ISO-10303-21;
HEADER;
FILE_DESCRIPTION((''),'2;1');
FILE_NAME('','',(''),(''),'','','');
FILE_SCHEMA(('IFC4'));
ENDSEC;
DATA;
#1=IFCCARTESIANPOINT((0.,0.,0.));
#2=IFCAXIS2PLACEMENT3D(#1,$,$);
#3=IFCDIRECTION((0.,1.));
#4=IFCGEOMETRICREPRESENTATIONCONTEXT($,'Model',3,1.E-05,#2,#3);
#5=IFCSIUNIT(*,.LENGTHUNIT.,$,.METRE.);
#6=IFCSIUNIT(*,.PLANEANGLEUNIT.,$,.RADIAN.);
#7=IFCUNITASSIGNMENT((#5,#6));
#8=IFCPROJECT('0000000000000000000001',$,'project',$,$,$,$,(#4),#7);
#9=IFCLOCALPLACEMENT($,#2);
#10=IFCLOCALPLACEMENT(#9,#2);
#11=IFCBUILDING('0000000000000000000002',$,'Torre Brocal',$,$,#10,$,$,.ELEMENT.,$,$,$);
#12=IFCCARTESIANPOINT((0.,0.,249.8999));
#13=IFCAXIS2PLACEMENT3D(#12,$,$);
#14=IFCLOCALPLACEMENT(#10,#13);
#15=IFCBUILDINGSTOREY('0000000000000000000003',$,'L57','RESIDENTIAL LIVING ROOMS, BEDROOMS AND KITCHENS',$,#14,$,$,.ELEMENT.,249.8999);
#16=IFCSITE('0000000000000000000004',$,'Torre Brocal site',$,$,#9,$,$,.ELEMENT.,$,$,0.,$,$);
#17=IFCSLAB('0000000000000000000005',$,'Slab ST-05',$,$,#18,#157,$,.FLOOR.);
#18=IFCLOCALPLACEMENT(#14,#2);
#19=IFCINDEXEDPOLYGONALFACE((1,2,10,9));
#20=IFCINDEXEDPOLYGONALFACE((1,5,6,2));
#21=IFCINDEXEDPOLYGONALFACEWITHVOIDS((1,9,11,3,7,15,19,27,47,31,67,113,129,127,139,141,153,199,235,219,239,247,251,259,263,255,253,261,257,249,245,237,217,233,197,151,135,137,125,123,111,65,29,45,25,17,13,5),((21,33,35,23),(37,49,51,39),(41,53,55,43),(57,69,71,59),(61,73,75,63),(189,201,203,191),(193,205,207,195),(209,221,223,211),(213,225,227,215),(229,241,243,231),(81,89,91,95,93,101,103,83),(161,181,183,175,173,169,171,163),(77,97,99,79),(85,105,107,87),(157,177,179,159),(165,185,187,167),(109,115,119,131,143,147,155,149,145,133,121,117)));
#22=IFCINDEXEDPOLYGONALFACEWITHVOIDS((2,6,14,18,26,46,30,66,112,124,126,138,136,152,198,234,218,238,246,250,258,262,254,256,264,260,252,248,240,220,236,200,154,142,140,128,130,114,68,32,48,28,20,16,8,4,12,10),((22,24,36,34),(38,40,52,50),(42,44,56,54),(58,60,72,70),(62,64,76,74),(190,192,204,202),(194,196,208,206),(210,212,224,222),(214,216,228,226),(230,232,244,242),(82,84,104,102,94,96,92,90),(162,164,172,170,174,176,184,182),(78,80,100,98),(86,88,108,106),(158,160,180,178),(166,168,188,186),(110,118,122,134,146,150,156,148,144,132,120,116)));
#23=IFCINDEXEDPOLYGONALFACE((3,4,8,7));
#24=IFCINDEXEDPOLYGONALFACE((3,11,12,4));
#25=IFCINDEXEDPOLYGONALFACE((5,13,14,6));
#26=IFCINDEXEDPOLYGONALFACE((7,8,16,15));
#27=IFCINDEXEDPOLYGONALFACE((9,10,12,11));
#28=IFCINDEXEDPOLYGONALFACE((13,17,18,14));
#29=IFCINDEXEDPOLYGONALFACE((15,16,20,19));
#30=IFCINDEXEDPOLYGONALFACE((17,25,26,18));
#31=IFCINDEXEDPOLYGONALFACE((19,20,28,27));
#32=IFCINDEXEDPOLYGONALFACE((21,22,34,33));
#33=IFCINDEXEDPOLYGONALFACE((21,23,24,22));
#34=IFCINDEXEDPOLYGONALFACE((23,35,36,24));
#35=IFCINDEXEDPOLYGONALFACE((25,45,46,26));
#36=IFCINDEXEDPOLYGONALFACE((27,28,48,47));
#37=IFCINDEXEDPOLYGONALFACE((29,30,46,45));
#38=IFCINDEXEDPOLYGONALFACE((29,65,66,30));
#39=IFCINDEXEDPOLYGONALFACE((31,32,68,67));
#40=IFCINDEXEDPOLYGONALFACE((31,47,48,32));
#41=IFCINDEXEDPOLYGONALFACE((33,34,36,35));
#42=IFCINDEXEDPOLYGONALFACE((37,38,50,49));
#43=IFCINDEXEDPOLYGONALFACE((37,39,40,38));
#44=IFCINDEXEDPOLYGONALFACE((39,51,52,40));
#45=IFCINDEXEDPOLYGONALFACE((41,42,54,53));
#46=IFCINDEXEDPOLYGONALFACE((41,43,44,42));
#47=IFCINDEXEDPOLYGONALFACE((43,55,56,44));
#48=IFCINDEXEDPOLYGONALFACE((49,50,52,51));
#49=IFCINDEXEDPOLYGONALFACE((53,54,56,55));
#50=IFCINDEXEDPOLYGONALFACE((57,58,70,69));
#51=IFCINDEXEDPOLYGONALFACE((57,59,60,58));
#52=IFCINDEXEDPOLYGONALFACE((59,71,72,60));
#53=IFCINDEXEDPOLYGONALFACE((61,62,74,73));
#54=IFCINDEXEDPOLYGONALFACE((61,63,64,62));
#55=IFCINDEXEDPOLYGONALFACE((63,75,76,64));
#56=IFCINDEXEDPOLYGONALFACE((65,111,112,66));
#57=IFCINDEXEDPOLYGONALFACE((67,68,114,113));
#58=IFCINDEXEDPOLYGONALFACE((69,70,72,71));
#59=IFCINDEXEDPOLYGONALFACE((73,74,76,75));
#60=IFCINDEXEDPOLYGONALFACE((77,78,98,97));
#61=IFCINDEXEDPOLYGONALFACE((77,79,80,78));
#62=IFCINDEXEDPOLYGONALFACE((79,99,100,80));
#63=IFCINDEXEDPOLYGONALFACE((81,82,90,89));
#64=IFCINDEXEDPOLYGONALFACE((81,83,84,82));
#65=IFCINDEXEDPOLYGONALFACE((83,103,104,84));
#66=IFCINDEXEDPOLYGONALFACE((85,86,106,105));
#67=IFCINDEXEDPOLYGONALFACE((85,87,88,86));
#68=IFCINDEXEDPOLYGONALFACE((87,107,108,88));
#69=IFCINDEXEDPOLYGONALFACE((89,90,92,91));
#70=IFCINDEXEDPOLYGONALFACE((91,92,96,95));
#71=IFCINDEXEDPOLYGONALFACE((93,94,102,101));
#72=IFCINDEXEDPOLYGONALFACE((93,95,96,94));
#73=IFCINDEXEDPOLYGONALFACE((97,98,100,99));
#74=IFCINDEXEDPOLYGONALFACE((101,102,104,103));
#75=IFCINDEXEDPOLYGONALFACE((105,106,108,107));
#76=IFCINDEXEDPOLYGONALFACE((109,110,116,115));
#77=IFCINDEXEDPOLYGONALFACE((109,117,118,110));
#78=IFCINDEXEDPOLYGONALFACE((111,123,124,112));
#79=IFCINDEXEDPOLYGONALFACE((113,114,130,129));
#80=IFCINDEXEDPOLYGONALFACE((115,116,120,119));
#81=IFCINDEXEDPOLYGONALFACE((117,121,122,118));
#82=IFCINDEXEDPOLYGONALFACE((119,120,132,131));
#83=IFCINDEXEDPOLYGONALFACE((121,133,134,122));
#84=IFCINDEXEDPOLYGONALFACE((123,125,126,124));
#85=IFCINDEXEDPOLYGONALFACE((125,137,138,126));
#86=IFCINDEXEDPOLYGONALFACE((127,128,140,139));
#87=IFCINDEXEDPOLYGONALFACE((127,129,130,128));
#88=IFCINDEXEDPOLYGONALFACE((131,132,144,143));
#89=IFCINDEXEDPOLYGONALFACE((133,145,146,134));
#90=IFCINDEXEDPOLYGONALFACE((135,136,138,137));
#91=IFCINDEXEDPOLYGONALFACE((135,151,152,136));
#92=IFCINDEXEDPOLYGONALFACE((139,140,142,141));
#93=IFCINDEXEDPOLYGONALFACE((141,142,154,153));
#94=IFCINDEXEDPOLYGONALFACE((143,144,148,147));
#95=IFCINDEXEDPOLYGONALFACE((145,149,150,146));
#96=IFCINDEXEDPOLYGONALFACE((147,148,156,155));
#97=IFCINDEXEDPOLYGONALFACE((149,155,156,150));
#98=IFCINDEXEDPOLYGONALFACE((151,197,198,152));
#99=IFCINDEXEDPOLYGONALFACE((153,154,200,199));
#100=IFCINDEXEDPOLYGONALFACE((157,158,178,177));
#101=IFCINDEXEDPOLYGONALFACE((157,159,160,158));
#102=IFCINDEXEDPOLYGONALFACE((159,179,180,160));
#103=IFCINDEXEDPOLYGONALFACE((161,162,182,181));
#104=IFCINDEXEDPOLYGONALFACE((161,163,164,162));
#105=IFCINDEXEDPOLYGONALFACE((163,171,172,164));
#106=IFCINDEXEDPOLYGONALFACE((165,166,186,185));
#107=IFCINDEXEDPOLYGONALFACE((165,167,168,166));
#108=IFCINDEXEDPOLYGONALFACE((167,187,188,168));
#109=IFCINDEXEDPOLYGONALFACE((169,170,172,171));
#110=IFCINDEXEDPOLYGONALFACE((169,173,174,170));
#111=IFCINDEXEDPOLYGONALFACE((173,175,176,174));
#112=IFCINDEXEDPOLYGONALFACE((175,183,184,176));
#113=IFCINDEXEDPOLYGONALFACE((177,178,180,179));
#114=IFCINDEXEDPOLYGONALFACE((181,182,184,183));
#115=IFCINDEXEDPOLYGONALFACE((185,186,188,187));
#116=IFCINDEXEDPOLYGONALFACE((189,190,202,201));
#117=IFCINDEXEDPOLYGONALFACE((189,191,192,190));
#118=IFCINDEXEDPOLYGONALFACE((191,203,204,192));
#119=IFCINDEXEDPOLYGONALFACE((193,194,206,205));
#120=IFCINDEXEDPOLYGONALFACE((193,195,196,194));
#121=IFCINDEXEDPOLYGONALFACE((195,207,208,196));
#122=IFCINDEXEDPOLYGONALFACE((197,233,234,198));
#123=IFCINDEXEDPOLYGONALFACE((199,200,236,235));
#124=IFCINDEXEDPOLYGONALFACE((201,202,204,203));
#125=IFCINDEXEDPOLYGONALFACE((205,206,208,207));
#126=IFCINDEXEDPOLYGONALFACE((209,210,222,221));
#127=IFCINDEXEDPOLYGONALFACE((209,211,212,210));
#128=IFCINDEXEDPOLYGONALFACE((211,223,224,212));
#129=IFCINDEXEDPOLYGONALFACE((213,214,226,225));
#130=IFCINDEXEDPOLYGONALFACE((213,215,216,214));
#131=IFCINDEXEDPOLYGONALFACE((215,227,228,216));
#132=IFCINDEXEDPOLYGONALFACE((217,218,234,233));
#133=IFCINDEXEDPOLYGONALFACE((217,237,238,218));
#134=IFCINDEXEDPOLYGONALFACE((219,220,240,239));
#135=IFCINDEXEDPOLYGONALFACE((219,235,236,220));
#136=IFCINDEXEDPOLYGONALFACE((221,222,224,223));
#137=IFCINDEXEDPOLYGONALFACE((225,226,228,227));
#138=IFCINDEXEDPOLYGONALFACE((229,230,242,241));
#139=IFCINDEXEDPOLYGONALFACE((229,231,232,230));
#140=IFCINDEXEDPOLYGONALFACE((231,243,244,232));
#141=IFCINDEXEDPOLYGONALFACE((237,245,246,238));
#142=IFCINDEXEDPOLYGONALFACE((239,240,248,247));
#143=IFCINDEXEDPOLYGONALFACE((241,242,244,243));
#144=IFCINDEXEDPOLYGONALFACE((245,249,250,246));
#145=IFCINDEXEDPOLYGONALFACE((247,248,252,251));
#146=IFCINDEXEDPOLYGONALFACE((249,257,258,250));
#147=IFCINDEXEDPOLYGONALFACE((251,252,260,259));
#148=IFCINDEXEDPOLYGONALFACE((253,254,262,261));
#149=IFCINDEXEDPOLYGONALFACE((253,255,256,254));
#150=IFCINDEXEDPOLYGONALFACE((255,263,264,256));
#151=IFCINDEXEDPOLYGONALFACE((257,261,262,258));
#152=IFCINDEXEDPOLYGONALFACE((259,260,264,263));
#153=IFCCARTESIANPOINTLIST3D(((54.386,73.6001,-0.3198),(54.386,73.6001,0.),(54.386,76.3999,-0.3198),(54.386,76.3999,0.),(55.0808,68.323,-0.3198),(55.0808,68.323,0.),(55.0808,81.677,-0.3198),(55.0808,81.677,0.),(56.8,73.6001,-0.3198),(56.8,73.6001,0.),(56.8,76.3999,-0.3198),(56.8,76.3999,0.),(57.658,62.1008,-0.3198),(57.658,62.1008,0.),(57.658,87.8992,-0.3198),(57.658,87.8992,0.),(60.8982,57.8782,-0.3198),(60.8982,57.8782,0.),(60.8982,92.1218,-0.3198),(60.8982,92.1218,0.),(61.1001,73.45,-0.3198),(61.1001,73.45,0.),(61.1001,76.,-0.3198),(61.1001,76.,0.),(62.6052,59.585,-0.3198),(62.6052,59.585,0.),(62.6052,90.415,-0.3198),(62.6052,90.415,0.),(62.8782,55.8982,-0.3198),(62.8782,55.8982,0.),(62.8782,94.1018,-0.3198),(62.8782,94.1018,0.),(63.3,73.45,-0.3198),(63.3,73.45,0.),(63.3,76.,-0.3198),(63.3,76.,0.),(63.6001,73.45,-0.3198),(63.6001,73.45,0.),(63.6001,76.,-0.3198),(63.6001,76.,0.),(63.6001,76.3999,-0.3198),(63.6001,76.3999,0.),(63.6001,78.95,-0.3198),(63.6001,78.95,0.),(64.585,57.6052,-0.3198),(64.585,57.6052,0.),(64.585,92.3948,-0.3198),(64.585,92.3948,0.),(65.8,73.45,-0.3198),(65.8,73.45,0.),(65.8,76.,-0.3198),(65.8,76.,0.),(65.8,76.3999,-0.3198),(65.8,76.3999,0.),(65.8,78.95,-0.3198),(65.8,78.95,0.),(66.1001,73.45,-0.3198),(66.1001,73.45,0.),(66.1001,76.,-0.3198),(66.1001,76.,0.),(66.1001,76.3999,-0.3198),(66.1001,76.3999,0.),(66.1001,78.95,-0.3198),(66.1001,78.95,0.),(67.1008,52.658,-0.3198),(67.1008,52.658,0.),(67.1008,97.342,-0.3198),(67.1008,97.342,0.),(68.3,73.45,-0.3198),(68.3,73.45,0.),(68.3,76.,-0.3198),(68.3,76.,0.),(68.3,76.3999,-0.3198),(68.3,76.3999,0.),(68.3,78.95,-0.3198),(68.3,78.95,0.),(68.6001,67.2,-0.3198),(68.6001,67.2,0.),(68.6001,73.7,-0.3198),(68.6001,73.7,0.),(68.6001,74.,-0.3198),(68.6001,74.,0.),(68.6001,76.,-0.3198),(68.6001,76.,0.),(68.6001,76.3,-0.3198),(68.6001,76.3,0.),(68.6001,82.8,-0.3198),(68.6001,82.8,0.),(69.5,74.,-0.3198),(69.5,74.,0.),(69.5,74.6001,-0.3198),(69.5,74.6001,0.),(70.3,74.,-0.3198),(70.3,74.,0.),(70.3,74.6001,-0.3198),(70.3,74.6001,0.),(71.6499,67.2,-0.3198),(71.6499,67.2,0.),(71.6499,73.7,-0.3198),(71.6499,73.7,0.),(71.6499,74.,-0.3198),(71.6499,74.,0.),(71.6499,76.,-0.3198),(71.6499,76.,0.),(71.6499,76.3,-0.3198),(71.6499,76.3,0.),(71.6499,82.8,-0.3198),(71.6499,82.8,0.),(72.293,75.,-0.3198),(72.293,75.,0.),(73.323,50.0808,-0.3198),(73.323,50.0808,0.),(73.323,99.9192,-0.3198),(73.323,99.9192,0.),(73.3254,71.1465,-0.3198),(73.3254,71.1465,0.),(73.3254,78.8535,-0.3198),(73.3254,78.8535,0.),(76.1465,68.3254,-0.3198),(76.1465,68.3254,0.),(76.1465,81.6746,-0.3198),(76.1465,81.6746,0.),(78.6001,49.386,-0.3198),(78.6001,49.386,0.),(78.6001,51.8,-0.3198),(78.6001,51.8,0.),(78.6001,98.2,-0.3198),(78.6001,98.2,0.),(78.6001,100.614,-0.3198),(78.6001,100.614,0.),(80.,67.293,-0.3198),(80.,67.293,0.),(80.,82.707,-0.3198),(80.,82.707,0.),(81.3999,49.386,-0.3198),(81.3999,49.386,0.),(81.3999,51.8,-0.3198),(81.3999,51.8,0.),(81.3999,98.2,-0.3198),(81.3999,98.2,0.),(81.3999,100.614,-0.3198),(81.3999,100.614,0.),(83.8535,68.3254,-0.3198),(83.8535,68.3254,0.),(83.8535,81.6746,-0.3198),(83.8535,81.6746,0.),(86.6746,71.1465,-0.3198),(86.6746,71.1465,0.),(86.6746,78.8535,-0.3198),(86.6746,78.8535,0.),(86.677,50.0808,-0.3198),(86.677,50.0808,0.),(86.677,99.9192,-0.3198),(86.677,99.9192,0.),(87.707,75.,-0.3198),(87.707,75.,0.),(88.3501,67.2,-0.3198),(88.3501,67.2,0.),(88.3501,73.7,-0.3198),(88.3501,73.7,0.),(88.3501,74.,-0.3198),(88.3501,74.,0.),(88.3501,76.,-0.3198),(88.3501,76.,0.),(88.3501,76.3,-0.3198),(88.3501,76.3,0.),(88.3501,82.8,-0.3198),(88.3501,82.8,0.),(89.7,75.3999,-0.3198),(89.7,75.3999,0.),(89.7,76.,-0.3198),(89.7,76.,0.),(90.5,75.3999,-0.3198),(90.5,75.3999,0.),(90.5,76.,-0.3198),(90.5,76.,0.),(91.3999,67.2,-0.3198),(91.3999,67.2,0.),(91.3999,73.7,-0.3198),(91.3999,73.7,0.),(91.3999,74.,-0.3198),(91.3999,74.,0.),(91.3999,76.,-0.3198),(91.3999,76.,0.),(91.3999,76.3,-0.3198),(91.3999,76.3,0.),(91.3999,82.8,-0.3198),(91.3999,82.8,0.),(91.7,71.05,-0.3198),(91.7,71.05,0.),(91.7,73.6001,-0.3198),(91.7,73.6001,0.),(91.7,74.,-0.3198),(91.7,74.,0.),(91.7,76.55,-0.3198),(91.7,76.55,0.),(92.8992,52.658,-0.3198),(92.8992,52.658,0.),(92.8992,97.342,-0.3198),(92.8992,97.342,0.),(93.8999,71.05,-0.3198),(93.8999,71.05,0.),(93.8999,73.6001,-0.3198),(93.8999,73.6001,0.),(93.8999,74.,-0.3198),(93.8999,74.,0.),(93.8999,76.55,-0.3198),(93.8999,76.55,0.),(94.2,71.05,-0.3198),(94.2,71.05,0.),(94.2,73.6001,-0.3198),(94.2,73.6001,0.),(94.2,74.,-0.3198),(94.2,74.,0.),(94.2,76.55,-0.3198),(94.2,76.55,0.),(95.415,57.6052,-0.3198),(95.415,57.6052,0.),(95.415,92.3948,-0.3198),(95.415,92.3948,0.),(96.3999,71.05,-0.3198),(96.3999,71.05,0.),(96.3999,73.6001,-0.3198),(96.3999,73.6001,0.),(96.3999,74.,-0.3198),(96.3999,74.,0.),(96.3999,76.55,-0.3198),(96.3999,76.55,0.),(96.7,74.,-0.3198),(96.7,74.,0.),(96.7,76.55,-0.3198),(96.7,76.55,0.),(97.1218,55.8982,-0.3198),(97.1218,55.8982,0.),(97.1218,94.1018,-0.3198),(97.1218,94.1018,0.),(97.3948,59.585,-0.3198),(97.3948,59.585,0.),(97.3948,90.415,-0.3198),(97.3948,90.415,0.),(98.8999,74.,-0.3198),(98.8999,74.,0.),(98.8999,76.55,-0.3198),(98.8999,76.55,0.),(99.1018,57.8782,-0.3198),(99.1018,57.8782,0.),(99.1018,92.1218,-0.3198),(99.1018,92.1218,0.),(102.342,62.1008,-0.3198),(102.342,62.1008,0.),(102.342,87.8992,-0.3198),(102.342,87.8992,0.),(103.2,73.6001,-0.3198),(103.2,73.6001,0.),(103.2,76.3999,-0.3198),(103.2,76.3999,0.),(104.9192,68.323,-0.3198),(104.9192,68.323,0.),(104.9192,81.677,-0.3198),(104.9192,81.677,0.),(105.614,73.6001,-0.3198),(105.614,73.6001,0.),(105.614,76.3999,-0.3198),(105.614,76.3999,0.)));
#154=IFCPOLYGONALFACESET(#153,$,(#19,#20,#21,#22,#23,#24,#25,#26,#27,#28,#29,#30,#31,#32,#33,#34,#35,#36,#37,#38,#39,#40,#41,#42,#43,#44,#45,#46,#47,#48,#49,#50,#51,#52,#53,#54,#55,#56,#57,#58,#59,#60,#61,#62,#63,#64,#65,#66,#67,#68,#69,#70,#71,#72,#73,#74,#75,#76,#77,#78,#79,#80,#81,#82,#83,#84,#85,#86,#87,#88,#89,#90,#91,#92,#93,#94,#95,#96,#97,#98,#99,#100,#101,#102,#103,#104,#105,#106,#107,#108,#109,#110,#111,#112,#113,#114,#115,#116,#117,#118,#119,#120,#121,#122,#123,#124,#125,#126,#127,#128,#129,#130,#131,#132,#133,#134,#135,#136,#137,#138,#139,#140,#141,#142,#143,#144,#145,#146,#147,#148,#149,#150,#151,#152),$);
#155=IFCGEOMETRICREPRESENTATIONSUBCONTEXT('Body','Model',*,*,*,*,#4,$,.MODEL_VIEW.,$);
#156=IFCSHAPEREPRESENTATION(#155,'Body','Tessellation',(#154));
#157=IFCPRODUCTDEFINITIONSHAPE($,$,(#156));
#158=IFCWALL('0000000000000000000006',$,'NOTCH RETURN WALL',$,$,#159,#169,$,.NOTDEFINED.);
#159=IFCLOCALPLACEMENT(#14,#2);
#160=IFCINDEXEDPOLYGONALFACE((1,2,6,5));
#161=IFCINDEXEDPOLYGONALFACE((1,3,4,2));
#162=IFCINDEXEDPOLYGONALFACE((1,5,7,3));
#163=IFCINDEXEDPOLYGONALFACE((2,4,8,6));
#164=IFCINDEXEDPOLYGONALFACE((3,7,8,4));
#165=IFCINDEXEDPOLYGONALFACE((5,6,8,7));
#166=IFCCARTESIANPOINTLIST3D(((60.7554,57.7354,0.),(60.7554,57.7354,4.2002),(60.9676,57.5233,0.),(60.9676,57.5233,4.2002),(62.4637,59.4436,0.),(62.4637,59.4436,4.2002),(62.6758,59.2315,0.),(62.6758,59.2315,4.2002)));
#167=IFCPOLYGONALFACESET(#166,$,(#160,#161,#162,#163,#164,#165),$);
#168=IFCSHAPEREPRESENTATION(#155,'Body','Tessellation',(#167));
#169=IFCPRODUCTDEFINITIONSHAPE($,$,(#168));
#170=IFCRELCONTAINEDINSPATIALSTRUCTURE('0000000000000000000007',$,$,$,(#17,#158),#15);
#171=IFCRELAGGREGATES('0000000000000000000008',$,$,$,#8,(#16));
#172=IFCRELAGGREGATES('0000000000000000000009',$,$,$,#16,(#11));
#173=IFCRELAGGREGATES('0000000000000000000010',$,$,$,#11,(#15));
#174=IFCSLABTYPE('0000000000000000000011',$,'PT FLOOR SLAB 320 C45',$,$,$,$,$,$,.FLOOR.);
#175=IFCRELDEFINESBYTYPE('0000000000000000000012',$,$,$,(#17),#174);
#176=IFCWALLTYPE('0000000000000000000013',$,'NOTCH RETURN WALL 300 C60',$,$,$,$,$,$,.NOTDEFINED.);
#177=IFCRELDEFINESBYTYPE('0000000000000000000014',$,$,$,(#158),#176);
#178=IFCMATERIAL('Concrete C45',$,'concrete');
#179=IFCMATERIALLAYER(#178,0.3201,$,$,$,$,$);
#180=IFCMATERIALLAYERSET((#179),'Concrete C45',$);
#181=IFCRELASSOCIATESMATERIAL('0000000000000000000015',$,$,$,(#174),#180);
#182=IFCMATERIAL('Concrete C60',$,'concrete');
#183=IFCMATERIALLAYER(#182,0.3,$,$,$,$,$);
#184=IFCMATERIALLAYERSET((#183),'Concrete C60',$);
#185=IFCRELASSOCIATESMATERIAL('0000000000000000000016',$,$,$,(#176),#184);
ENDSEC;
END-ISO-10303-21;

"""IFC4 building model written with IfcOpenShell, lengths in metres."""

from ifc_helpers import new_model, si_unit, direction, frame, frame_2d, origin, place, context, subcontext, project, spatial, polyline, rectangle, outline, extrude, material, layer, layer_set, type_object, element, save


model = new_model("IFC4")

# Units and contexts
model_context = context("Model", 3, precision=1e-05, world=origin(), true_north=direction((0.0, 1.0)))
body_context = subcontext(model_context, "Body", "Model", "MODEL_VIEW")
ifc_project = project(units=[si_unit("LENGTHUNIT", "METRE"), si_unit("PLANEANGLEUNIT", "RADIAN")], contexts=[model_context])

# Site, building, storey
site_placement = place(None, origin())
site = spatial("IfcSite", under=ifc_project, at=site_placement, Name="Torre Brocal site", CompositionType="ELEMENT", RefElevation=0.0)
building_placement = place(site_placement, origin())
building = spatial("IfcBuilding", under=site, at=building_placement, Name="Torre Brocal", CompositionType="ELEMENT")
storey_placement = place(building_placement, frame((0.0, 0.0, 249.8999)))
storey = spatial("IfcBuildingStorey", under=building, at=storey_placement, Name="L57", Description="RESIDENTIAL LIVING ROOMS, BEDROOMS AND KITCHENS", CompositionType="ELEMENT", Elevation=249.8999)

# Slab
ifc_material_1 = material(Name="Concrete C45", Category="concrete")
ifc_layer_1 = layer(ifc_material_1, 0.3201)
ifc_layer_set_1 = layer_set([ifc_layer_1], Name="Concrete C45")
slab_type_1 = type_object("IfcSlabType", Name="PT FLOOR SLAB 320 C45", PredefinedType="FLOOR", material=ifc_layer_set_1)
slab_1_placement = place(storey_placement, frame((0.0, 0.0, -0.3198)))
element("IfcSlab", 1, at=slab_1_placement, inside=storey, type_object=slab_type_1, Name="Slab ST-05", PredefinedType="FLOOR", context=body_context, shape_type="SweptSolid", body=[
    extrude(outline(polyline([(103.2, 76.3999), (103.2, 73.6001), (105.614, 73.6001), (104.9192, 68.323), (102.342, 62.1008), (99.1018, 57.8782), (97.3948, 59.585), (95.415, 57.6052), (97.1218, 55.8982), (92.8992, 52.658), (86.677, 50.0808), (81.3999, 49.386), (81.3999, 51.8), (78.6001, 51.8), (78.6001, 49.386), (73.323, 50.0808), (67.1008, 52.658), (62.8782, 55.8982), (64.585, 57.6052), (62.6052, 59.585), (60.8982, 57.8782), (57.658, 62.1008), (55.0808, 68.323), (54.386, 73.6001), (56.8, 73.6001), (56.8, 76.3999), (54.386, 76.3999), (55.0808, 81.677), (57.658, 87.8992), (60.8982, 92.1218), (62.6052, 90.415), (64.585, 92.3948), (62.8782, 94.1018), (67.1008, 97.342), (73.323, 99.9192), (78.6001, 100.614), (78.6001, 98.2), (81.3999, 98.2), (81.3999, 100.614), (86.677, 99.9192), (92.8992, 97.342), (97.1218, 94.1018), (95.415, 92.3948), (97.3948, 90.415), (99.1018, 92.1218), (102.342, 87.8992), (104.9192, 81.677), (105.614, 76.3999), (103.2, 76.3999)]), holes=[polyline([(98.8999, 76.55), (96.7, 76.55), (96.7, 74.0), (98.8999, 74.0), (98.8999, 76.55)]), polyline([(96.3999, 76.55), (94.2, 76.55), (94.2, 74.0), (96.3999, 74.0), (96.3999, 76.55)]), polyline([(96.3999, 73.6001), (94.2, 73.6001), (94.2, 71.05), (96.3999, 71.05), (96.3999, 73.6001)]), polyline([(93.8999, 76.55), (91.7, 76.55), (91.7, 74.0), (93.8999, 74.0), (93.8999, 76.55)]), polyline([(93.8999, 73.6001), (91.7, 73.6001), (91.7, 71.05), (93.8999, 71.05), (93.8999, 73.6001)]), polyline([(89.7, 76.0), (88.3501, 76.0), (88.3501, 74.0), (91.3999, 74.0), (91.3999, 76.0), (90.5, 76.0), (90.5, 75.3999), (89.7, 75.3999), (89.7, 76.0)]), polyline([(91.3999, 82.8), (88.3501, 82.8), (88.3501, 76.3), (91.3999, 76.3), (91.3999, 82.8)]), polyline([(91.3999, 73.7), (88.3501, 73.7), (88.3501, 67.2), (91.3999, 67.2), (91.3999, 73.7)]), polyline([(80.0, 82.707), (76.1465, 81.6746), (73.3254, 78.8535), (72.293, 75.0), (73.3254, 71.1465), (76.1465, 68.3254), (80.0, 67.293), (83.8535, 68.3254), (86.6746, 71.1465), (87.707, 75.0), (86.6746, 78.8535), (83.8535, 81.6746), (80.0, 82.707)]), polyline([(70.3, 74.0), (71.6499, 74.0), (71.6499, 76.0), (68.6001, 76.0), (68.6001, 74.0), (69.5, 74.0), (69.5, 74.6001), (70.3, 74.6001), (70.3, 74.0)]), polyline([(68.6001, 76.3), (71.6499, 76.3), (71.6499, 82.8), (68.6001, 82.8), (68.6001, 76.3)]), polyline([(68.6001, 67.2), (71.6499, 67.2), (71.6499, 73.7), (68.6001, 73.7), (68.6001, 67.2)]), polyline([(66.1001, 76.3999), (68.3, 76.3999), (68.3, 78.95), (66.1001, 78.95), (66.1001, 76.3999)]), polyline([(66.1001, 73.45), (68.3, 73.45), (68.3, 76.0), (66.1001, 76.0), (66.1001, 73.45)]), polyline([(63.6001, 76.3999), (65.8, 76.3999), (65.8, 78.95), (63.6001, 78.95), (63.6001, 76.3999)]), polyline([(63.6001, 73.45), (65.8, 73.45), (65.8, 76.0), (63.6001, 76.0), (63.6001, 73.45)]), polyline([(61.1001, 73.45), (63.3, 73.45), (63.3, 76.0), (61.1001, 76.0), (61.1001, 73.45)])]), origin(), (0.0, 0.0, 1.0), 0.3198),
])

# Wall
ifc_material_2 = material(Name="Concrete C60", Category="concrete")
ifc_layer_2 = layer(ifc_material_2, 0.3)
ifc_layer_set_2 = layer_set([ifc_layer_2], Name="Concrete C60")
wall_type_1 = type_object("IfcWallType", Name="NOTCH RETURN WALL 300 C60", PredefinedType="NOTDEFINED", material=ifc_layer_set_2)
for number, where, z_axis, x_axis, name in (
    (2, (62.5698, 59.3376, 0.0), (0.0, 0.0, 1.0), (-0.707107, -0.707107, 0.0), "NOTCH RETURN WALL"),
):
    element("IfcWall", number, at=place(storey_placement, frame(where, z_axis=z_axis, x_axis=x_axis)), inside=storey, type_object=wall_type_1, Name=name, PredefinedType="NOTDEFINED", context=body_context, shape_type="SweptSolid", body=[
        extrude(rectangle(XDim=2.4158, YDim=0.3, at=frame_2d((1.208, 0.0))), origin(), (0.0, 0.0, 1.0), 4.2002),
    ])

save(model, "model.ifc")
